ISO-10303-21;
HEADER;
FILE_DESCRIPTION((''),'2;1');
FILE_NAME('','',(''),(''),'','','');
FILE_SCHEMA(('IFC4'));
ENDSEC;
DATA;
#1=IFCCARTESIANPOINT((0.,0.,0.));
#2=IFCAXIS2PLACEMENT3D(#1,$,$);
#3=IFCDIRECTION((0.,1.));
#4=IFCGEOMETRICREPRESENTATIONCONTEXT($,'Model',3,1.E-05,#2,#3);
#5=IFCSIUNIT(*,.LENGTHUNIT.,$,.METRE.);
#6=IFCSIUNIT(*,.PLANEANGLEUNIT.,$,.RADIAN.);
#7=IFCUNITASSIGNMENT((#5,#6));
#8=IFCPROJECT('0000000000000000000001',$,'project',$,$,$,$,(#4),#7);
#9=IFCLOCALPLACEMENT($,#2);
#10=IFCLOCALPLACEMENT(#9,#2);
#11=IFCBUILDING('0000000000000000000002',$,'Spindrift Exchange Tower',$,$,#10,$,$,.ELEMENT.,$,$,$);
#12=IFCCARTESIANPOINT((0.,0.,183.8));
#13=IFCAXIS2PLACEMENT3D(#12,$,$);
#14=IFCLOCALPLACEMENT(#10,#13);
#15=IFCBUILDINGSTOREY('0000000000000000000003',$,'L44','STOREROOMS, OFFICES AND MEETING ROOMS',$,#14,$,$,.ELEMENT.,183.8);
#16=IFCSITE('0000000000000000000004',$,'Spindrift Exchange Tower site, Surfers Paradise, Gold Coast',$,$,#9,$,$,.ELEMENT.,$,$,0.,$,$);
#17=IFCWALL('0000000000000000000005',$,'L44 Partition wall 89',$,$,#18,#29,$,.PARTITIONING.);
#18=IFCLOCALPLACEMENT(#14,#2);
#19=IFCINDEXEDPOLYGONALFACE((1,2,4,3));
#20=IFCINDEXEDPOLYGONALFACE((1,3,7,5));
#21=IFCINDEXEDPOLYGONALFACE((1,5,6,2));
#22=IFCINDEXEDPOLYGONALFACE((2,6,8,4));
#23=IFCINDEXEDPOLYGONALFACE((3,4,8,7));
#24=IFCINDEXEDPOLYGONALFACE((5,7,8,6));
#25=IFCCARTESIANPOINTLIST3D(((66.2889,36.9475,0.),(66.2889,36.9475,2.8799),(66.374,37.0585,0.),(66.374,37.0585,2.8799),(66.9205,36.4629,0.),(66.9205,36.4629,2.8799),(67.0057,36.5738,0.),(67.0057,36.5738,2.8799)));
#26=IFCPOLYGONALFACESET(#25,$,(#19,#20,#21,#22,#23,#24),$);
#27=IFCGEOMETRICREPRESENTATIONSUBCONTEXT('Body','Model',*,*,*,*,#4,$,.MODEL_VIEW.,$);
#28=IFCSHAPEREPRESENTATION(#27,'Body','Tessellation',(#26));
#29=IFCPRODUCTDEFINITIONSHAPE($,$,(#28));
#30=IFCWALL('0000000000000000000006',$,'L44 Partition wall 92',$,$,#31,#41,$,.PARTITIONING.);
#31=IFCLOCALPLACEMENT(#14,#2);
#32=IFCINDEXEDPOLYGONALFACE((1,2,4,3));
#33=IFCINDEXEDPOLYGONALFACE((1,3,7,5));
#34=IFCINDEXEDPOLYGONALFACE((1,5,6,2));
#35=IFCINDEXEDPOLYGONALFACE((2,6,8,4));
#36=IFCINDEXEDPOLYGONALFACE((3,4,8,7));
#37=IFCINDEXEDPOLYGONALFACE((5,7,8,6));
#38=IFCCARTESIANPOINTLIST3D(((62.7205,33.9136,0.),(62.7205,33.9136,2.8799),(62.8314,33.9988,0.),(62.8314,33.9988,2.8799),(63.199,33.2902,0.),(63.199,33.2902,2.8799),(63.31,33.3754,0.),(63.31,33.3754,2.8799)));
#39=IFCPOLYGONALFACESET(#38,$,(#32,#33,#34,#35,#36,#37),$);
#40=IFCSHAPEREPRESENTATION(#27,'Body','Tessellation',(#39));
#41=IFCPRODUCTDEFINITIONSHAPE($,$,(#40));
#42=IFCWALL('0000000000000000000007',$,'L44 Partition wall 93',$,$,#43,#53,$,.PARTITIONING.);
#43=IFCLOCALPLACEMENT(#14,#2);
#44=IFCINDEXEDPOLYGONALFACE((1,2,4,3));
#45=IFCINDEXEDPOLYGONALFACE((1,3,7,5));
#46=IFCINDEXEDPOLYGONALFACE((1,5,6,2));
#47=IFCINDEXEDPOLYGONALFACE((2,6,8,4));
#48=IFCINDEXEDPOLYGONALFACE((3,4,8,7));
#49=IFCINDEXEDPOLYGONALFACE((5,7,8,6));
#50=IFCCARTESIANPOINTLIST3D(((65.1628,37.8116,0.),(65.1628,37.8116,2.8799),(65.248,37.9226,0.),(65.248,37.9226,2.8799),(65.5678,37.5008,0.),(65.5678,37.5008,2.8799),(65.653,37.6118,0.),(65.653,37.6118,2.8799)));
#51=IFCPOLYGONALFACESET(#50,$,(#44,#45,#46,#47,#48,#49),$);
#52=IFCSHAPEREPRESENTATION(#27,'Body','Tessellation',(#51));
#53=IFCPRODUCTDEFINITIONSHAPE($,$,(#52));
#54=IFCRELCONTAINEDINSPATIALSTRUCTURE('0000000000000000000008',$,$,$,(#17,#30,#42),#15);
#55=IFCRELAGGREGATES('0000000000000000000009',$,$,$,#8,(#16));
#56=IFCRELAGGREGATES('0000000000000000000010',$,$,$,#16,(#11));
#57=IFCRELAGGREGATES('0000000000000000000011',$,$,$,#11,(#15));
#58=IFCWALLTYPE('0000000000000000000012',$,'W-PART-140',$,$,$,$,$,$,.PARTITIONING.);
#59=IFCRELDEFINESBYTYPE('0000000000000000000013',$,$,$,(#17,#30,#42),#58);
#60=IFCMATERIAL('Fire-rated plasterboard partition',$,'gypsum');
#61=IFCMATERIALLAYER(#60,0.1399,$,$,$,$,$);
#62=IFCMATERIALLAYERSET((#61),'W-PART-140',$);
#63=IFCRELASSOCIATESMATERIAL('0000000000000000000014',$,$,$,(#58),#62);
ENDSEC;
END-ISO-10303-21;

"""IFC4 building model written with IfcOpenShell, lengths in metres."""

from ifc_helpers import new_model, si_unit, direction, frame, frame_2d, origin, place, context, subcontext, project, spatial, rectangle, extrude, material, layer, layer_set, type_object, element, save


model = new_model("IFC4")

# Units and contexts
model_context = context("Model", 3, precision=1e-05, world=origin(), true_north=direction((0.0, 1.0)))
body_context = subcontext(model_context, "Body", "Model", "MODEL_VIEW")
ifc_project = project(units=[si_unit("LENGTHUNIT", "METRE"), si_unit("PLANEANGLEUNIT", "RADIAN")], contexts=[model_context])

# Site, building, storey
site_placement = place(None, origin())
site = spatial("IfcSite", under=ifc_project, at=site_placement, Name="Spindrift Exchange Tower site, Surfers Paradise, Gold Coast", CompositionType="ELEMENT", RefElevation=0.0)
building_placement = place(site_placement, origin())
building = spatial("IfcBuilding", under=site, at=building_placement, Name="Spindrift Exchange Tower", CompositionType="ELEMENT")
storey_placement = place(building_placement, frame((0.0, 0.0, 183.8)))
storey = spatial("IfcBuildingStorey", under=building, at=storey_placement, Name="L44", Description="STOREROOMS, OFFICES AND MEETING ROOMS", CompositionType="ELEMENT", Elevation=183.8)

# Shared definitions
ifc_material_1 = material(Name="Fire-rated plasterboard partition", Category="gypsum")

# Shared definitions
ifc_layer_1 = layer(ifc_material_1, 0.1399)
ifc_layer_set_1 = layer_set([ifc_layer_1], Name="W-PART-140")
wall_type_1 = type_object("IfcWallType", Name="W-PART-140", PredefinedType="PARTITIONING", material=ifc_layer_set_1)

# Walls
wall_1_placement = place(storey_placement, frame((66.3315, 37.0029, 0.0), z_axis=(0.0, 0.0, 1.0), x_axis=(0.793364, -0.608747, 0.0)))
element("IfcWall", 1, at=wall_1_placement, inside=storey, type_object=wall_type_1, Name="L44 Partition wall 89", PredefinedType="PARTITIONING", context=body_context, shape_type="SweptSolid", body=[
    extrude(rectangle(XDim=0.7961, YDim=0.1399, at=frame_2d((0.3979, 0.0))), origin(), (0.0, 0.0, 1.0), 2.8799),
])
wall_2_placement = place(storey_placement, frame((62.7759, 33.9563, 0.0), z_axis=(0.0, 0.0, 1.0), x_axis=(0.60896, -0.793201, 0.0)))
element("IfcWall", 2, at=wall_2_placement, inside=storey, type_object=wall_type_1, Name="L44 Partition wall 92", PredefinedType="PARTITIONING", context=body_context, shape_type="SweptSolid", body=[
    extrude(rectangle(XDim=0.7859, YDim=0.1399, at=frame_2d((0.3931, 0.0))), origin(), (0.0, 0.0, 1.0), 2.8799),
])
wall_3_placement = place(storey_placement, frame((65.2053, 37.8672, 0.0), z_axis=(0.0, 0.0, 1.0), x_axis=(0.793352, -0.608763, 0.0)))
element("IfcWall", 3, at=wall_3_placement, inside=storey, type_object=wall_type_1, Name="L44 Partition wall 93", PredefinedType="PARTITIONING", context=body_context, shape_type="SweptSolid", body=[
    extrude(rectangle(XDim=0.5105, YDim=0.1399, at=frame_2d((0.2554, 0.0))), origin(), (0.0, 0.0, 1.0), 2.8799),
])

save(model, "model.ifc")
